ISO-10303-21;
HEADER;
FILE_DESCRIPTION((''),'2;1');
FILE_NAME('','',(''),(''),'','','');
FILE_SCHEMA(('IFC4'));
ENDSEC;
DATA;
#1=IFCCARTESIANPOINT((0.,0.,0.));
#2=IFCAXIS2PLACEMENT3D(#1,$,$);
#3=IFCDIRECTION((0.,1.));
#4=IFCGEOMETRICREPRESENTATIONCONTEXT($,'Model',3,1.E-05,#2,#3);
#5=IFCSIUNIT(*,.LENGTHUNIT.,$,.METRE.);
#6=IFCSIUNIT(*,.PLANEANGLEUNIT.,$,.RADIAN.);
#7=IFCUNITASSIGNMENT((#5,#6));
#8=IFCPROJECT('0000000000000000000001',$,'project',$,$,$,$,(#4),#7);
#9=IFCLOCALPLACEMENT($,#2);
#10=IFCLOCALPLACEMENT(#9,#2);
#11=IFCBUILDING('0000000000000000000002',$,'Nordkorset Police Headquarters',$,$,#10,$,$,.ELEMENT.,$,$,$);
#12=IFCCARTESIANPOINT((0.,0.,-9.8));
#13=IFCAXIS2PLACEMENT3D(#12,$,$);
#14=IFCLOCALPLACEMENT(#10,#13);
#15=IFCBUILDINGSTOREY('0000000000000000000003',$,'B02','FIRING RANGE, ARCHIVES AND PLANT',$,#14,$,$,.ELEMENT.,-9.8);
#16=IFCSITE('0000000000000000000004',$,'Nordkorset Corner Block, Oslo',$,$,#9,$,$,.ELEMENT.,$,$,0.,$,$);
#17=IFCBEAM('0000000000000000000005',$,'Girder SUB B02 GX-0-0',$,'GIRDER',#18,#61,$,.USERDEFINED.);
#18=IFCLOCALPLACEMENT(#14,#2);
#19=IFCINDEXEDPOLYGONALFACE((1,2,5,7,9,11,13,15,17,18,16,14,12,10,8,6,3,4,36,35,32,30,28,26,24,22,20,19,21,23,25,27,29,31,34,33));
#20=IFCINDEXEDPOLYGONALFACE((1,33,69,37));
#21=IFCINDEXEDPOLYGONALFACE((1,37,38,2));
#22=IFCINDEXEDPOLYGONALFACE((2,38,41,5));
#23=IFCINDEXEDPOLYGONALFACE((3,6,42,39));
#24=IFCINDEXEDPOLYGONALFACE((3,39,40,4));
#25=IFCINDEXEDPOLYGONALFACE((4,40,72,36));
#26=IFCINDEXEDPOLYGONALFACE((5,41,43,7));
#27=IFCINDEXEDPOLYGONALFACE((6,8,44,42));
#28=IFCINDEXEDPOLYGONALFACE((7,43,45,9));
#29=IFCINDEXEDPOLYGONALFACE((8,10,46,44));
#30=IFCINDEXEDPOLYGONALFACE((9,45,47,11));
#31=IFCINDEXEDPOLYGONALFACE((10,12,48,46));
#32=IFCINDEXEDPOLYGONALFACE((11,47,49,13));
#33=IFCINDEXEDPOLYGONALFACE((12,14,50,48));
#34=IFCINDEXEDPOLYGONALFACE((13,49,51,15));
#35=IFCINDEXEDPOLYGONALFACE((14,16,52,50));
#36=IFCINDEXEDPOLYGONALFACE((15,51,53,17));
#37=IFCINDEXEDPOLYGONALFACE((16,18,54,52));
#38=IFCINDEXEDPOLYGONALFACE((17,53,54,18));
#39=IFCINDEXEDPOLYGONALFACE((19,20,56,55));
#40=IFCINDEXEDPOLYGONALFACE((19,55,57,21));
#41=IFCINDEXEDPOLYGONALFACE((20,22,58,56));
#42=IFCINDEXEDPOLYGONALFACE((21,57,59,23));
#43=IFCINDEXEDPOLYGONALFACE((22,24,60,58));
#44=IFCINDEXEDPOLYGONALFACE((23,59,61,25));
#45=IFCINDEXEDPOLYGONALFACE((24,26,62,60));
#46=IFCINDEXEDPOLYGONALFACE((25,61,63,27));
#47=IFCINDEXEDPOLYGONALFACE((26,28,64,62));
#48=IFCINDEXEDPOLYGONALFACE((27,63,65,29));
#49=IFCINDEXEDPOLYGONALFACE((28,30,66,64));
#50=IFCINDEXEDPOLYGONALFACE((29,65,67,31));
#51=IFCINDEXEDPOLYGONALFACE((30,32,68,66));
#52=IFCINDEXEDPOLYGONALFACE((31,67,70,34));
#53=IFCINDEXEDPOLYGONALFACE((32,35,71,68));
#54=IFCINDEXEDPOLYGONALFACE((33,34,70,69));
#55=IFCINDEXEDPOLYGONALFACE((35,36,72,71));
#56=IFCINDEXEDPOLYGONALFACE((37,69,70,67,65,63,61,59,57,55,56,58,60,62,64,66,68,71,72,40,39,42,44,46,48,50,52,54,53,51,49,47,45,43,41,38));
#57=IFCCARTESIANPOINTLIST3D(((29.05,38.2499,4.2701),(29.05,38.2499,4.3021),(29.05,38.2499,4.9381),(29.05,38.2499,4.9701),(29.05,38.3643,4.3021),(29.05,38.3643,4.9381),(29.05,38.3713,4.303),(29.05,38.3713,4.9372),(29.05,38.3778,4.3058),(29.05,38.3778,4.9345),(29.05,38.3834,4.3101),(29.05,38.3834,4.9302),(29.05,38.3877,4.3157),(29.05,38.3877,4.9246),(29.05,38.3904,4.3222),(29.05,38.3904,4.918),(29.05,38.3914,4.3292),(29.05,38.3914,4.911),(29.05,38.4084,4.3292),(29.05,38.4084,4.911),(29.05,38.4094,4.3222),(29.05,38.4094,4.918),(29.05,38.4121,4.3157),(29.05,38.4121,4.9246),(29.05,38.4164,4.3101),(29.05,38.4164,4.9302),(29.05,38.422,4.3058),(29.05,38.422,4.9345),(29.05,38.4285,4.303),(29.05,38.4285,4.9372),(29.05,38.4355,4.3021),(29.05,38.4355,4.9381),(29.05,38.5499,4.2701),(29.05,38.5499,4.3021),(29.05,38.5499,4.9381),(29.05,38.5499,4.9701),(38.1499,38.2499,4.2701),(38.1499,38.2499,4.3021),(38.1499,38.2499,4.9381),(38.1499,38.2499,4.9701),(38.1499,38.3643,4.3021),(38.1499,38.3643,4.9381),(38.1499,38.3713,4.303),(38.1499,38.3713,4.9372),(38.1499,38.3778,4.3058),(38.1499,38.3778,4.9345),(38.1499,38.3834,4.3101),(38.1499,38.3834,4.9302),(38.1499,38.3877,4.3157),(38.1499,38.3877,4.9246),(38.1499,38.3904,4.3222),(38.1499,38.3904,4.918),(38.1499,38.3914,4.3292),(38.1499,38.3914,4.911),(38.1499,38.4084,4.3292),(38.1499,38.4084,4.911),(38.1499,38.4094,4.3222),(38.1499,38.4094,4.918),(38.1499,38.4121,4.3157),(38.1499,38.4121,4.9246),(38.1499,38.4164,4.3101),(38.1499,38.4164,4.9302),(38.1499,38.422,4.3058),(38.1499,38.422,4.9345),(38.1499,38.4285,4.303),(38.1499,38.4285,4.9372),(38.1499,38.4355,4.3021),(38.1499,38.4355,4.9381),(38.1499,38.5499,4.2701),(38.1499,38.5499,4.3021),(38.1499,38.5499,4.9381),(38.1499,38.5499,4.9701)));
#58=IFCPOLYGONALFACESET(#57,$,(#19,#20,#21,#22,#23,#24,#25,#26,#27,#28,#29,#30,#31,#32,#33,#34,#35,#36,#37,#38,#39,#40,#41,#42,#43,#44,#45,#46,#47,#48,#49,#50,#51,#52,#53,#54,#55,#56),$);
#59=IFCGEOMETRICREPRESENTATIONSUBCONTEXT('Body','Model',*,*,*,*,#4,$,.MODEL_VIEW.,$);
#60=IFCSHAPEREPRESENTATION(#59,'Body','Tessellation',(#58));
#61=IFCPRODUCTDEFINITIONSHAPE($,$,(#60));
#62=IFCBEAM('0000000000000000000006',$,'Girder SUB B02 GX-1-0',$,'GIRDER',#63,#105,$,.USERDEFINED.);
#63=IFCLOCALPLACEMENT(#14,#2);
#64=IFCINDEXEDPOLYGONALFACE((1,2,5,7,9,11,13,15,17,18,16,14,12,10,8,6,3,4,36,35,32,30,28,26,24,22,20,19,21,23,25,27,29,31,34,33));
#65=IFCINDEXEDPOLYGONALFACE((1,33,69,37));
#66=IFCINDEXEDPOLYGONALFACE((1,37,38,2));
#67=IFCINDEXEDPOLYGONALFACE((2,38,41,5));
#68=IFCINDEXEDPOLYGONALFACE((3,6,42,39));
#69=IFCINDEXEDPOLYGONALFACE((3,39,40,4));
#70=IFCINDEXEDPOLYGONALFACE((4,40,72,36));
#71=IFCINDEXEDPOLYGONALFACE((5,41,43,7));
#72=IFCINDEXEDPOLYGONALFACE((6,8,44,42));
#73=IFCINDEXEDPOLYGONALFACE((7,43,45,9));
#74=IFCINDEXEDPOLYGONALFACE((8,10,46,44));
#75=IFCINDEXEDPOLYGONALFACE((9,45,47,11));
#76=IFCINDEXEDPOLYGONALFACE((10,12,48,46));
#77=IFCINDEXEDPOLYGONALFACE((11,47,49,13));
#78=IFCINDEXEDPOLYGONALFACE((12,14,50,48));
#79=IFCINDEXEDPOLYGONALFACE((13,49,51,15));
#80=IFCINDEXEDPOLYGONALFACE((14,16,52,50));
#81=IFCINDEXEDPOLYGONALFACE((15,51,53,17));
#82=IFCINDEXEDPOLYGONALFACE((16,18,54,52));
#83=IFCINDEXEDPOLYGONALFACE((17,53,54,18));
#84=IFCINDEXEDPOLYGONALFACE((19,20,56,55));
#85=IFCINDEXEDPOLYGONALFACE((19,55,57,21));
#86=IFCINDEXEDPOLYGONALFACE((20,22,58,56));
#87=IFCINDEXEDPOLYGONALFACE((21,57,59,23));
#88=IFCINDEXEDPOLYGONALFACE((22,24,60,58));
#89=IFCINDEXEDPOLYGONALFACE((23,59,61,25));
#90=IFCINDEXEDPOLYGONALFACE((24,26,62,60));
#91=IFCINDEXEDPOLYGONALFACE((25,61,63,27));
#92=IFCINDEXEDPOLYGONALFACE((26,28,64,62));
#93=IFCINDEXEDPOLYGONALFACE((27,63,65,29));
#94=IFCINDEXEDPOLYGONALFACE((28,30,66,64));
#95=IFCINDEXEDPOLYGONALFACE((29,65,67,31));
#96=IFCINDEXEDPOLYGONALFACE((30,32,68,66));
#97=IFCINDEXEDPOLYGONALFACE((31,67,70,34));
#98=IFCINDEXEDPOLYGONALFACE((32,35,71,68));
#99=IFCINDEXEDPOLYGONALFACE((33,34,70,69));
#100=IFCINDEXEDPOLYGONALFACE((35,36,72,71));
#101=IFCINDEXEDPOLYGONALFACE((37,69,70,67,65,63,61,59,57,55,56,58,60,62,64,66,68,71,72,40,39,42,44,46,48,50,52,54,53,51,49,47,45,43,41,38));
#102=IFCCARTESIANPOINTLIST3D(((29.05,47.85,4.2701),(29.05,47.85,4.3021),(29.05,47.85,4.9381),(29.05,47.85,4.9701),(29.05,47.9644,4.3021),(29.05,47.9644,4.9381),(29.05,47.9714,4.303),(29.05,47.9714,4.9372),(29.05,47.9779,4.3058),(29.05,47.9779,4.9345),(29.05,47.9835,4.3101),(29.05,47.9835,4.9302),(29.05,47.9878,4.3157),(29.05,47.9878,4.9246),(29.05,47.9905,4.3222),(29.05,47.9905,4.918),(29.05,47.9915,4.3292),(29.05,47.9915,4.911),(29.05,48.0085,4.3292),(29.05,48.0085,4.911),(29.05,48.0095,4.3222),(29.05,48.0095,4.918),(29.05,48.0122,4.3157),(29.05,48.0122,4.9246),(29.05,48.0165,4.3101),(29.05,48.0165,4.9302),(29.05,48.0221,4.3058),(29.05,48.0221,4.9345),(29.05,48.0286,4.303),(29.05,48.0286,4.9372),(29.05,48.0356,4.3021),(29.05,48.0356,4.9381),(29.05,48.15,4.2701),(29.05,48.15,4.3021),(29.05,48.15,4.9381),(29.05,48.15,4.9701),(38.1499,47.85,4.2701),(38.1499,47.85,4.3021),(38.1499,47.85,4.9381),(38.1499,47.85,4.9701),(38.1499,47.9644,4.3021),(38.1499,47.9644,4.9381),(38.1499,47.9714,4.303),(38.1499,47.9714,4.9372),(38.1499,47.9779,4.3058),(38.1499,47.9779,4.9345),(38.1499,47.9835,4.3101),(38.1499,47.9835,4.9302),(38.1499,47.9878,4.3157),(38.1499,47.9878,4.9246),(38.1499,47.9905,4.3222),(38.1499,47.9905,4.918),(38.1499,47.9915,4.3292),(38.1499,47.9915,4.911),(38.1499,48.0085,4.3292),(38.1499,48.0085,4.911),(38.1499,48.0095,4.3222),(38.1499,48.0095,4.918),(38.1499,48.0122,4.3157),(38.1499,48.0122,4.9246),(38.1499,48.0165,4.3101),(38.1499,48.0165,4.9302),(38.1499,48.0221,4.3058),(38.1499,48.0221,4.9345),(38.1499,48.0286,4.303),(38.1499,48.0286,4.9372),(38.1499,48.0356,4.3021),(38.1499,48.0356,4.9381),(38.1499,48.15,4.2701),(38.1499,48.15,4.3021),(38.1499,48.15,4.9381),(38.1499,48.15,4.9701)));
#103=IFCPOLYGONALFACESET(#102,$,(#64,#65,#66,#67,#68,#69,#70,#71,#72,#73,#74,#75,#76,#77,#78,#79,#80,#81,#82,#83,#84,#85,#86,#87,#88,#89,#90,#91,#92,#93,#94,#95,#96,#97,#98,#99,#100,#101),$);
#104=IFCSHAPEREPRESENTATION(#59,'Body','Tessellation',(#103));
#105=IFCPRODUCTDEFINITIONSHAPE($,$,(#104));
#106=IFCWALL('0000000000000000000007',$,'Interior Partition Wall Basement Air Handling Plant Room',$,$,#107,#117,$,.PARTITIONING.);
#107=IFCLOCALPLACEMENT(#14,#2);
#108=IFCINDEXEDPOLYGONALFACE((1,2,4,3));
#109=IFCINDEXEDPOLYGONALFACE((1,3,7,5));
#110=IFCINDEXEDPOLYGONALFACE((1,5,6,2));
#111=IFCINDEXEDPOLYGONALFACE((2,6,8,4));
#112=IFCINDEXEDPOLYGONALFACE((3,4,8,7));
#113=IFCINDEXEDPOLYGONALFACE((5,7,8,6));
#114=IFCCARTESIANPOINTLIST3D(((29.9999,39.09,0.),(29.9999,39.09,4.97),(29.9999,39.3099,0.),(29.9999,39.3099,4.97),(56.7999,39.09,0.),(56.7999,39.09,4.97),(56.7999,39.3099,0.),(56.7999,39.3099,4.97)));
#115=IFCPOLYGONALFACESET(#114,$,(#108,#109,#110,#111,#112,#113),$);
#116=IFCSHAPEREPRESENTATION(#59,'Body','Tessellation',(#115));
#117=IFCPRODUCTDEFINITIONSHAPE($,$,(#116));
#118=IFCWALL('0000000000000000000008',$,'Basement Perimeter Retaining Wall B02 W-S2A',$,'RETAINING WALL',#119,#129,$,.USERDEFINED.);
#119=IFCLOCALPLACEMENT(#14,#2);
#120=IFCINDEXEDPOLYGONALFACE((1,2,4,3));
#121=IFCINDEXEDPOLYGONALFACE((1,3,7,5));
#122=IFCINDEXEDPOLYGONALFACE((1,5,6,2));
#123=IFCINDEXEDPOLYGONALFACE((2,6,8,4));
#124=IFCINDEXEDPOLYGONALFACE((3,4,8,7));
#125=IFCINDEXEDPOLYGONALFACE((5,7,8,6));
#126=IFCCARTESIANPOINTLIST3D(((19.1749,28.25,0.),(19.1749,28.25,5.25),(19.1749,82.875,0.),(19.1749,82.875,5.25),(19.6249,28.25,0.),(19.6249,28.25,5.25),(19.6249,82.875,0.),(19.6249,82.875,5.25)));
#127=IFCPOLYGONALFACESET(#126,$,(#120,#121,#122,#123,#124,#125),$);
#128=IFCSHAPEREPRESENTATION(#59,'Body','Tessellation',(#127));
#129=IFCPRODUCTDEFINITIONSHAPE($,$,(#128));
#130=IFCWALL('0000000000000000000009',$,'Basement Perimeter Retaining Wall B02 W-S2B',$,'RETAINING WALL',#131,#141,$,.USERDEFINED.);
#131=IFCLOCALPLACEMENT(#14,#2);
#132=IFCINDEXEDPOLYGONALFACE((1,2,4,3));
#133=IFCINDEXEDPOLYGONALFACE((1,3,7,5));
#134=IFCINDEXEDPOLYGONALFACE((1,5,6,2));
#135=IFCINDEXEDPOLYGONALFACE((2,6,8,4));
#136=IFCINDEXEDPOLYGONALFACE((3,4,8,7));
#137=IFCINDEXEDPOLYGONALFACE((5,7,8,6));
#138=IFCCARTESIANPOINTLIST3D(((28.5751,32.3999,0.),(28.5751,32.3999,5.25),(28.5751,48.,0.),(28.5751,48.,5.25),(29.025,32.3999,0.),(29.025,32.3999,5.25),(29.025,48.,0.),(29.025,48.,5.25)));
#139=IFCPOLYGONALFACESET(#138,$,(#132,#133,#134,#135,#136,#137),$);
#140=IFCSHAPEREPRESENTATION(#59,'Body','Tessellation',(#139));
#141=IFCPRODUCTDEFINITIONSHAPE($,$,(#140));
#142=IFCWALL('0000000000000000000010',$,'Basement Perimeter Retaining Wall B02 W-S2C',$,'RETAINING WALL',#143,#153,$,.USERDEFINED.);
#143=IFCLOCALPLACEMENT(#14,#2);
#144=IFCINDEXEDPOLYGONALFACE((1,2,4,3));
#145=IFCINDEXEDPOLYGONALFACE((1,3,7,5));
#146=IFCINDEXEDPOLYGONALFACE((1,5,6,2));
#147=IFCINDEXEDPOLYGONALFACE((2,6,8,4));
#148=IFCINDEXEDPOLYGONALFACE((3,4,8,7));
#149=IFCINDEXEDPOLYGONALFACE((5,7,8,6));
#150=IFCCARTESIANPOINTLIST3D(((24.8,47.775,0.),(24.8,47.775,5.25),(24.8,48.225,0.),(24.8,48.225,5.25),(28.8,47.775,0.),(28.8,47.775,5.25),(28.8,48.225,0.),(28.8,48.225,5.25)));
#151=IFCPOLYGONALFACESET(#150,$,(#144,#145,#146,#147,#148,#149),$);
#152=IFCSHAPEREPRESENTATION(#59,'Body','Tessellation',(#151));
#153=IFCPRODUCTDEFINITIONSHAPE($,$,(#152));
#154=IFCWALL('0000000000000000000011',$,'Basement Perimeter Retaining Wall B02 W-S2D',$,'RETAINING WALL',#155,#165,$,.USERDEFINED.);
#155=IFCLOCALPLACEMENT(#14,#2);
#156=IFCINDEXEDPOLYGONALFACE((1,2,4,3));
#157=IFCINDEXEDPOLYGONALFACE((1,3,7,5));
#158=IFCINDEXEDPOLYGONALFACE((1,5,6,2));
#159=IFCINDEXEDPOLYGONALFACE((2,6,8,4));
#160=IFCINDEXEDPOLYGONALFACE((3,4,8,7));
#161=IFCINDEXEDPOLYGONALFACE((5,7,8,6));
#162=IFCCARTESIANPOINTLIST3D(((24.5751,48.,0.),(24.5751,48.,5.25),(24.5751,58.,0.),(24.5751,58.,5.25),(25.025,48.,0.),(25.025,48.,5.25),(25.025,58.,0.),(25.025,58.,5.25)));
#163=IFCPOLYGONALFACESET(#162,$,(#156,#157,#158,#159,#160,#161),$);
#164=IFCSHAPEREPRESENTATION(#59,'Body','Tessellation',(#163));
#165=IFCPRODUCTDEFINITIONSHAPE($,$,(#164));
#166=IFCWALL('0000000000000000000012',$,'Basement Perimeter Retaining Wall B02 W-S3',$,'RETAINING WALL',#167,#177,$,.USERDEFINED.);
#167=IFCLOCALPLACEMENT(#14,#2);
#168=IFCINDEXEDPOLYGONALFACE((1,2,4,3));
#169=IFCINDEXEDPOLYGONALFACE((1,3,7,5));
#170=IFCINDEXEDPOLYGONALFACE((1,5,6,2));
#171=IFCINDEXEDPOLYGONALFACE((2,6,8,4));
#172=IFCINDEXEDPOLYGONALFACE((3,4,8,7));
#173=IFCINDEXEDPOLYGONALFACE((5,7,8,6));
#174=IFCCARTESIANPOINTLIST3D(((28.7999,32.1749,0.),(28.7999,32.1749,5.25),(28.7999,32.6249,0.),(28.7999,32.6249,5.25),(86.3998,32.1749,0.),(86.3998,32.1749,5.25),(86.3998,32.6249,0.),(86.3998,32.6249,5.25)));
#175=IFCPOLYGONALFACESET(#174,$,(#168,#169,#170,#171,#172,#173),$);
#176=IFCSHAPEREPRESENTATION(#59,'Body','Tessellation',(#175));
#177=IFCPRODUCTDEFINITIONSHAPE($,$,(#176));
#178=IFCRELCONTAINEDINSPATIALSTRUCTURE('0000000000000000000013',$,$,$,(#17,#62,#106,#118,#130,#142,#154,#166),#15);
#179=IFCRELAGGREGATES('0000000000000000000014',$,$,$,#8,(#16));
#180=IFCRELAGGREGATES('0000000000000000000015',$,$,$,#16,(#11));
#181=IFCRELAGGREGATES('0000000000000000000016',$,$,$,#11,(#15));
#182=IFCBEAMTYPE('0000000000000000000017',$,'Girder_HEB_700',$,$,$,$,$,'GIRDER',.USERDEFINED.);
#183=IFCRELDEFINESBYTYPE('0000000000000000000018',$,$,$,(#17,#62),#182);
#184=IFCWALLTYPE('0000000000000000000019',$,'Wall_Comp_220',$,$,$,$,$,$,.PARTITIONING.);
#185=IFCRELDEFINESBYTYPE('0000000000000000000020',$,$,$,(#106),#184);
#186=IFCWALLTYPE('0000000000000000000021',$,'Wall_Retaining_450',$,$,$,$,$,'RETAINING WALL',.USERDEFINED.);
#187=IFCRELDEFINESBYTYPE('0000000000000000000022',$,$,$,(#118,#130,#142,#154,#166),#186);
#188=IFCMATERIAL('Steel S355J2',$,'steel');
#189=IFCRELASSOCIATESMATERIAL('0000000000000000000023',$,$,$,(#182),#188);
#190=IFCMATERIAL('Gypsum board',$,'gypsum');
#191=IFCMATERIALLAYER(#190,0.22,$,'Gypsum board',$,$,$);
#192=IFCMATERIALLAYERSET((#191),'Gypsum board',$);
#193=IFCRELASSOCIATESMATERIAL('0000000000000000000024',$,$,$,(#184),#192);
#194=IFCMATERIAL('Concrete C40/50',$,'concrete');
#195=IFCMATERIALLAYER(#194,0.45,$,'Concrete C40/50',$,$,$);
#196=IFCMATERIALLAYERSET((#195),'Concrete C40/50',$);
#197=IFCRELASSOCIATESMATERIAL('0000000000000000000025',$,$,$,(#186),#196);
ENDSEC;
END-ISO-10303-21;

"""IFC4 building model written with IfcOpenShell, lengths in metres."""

from ifc_helpers import new_model, si_unit, direction, frame, frame_2d, origin, origin_2d, place, context, subcontext, project, spatial, rectangle, i_section, extrude, material, layer, layer_set, material_profile, profile_set, type_object, element, save


model = new_model("IFC4")

# Units and contexts
model_context = context("Model", 3, precision=1e-05, world=origin(), true_north=direction((0.0, 1.0)))
body_context = subcontext(model_context, "Body", "Model", "MODEL_VIEW")
ifc_project = project(units=[si_unit("LENGTHUNIT", "METRE"), si_unit("PLANEANGLEUNIT", "RADIAN")], contexts=[model_context])

# Site, building, storey
site_placement = place(None, origin())
site = spatial("IfcSite", under=ifc_project, at=site_placement, Name="Nordkorset Corner Block, Oslo", CompositionType="ELEMENT", RefElevation=0.0)
building_placement = place(site_placement, origin())
building = spatial("IfcBuilding", under=site, at=building_placement, Name="Nordkorset Police Headquarters", CompositionType="ELEMENT")
storey_placement = place(building_placement, frame((0.0, 0.0, -9.8)))
storey = spatial("IfcBuildingStorey", under=building, at=storey_placement, Name="B02", Description="FIRING RANGE, ARCHIVES AND PLANT", CompositionType="ELEMENT", Elevation=-9.8)

# Beams
ifc_material_1 = material(Name="Steel S355J2", Category="steel")
ifc_material_profile_1 = material_profile(ifc_material_1, i_section(OverallWidth=0.3, OverallDepth=0.7, WebThickness=0.0171, FlangeThickness=0.032, FilletRadius=0.0271, at=origin_2d()), Name="HEB 700")
ifc_profile_set_1 = profile_set([ifc_material_profile_1], Name="Steel S355J2")
beam_type_1 = type_object("IfcBeamType", Name="Girder_HEB_700", ElementType="GIRDER", PredefinedType="USERDEFINED", material=ifc_profile_set_1)
for number, where, z_axis, x_axis, name in (
    (1, (29.05, 38.3999, 4.6201), (1.0, 0.0, 0.0), (0.0, 1.0, 0.0), "Girder SUB B02 GX-0-0"),
    (2, (29.05, 48.0, 4.6201), (1.0, 0.0, 0.0), (0.0, 1.0, 0.0), "Girder SUB B02 GX-1-0"),
):
    element("IfcBeam", number, at=place(storey_placement, frame(where, z_axis=z_axis, x_axis=x_axis)), inside=storey, type_object=beam_type_1, Name=name, ObjectType="GIRDER", PredefinedType="USERDEFINED", context=body_context, shape_type="SweptSolid", body=[
        extrude(i_section(OverallWidth=0.3, OverallDepth=0.7, WebThickness=0.0171, FlangeThickness=0.032, FilletRadius=0.0271, at=origin_2d()), origin(), (0.0, 0.0, 1.0), 9.0999),
    ])

# Walls
ifc_material_2 = material(Name="Gypsum board", Category="gypsum")
ifc_layer_1 = layer(ifc_material_2, 0.22, Name="Gypsum board")
ifc_layer_set_1 = layer_set([ifc_layer_1], Name="Gypsum board")
wall_type_1 = type_object("IfcWallType", Name="Wall_Comp_220", PredefinedType="PARTITIONING", material=ifc_layer_set_1)
wall_1_placement = place(storey_placement, frame((30.0, 39.2, 0.0), z_axis=(0.0, 0.0, 1.0), x_axis=(1.0, 0.0, 0.0)))
element("IfcWall", 3, at=wall_1_placement, inside=storey, type_object=wall_type_1, Name="Interior Partition Wall Basement Air Handling Plant Room", PredefinedType="PARTITIONING", context=body_context, shape_type="SweptSolid", body=[
    extrude(rectangle(XDim=26.8, YDim=0.22, at=frame_2d((13.3999, 0.0))), origin(), (0.0, 0.0, 1.0), 4.97),
])
ifc_material_3 = material(Name="Concrete C40/50", Category="concrete")
ifc_layer_2 = layer(ifc_material_3, 0.45, Name="Concrete C40/50")
ifc_layer_set_2 = layer_set([ifc_layer_2], Name="Concrete C40/50")
wall_type_2 = type_object("IfcWallType", Name="Wall_Retaining_450", ElementType="RETAINING WALL", PredefinedType="USERDEFINED", material=ifc_layer_set_2)
wall_2_placement = place(storey_placement, frame((19.3999, 28.25, 0.0), z_axis=(0.0, 0.0, 1.0), x_axis=(0.0, 1.0, 0.0)))
element("IfcWall", 4, at=wall_2_placement, inside=storey, type_object=wall_type_2, Name="Basement Perimeter Retaining Wall B02 W-S2A", ObjectType="RETAINING WALL", PredefinedType="USERDEFINED", context=body_context, shape_type="SweptSolid", body=[
    extrude(rectangle(XDim=54.625, YDim=0.45, at=frame_2d((27.3125, 0.0))), origin(), (0.0, 0.0, 1.0), 5.25),
])
wall_3_placement = place(storey_placement, frame((28.8, 32.3999, 0.0), z_axis=(0.0, 0.0, 1.0), x_axis=(0.0, 1.0, 0.0)))
element("IfcWall", 5, at=wall_3_placement, inside=storey, type_object=wall_type_2, Name="Basement Perimeter Retaining Wall B02 W-S2B", ObjectType="RETAINING WALL", PredefinedType="USERDEFINED", context=body_context, shape_type="SweptSolid", body=[
    extrude(rectangle(XDim=15.6001, YDim=0.45, at=frame_2d((7.8, 0.0))), origin(), (0.0, 0.0, 1.0), 5.25),
])
wall_4_placement = place(storey_placement, frame((24.8, 48.0, 0.0), z_axis=(0.0, 0.0, 1.0), x_axis=(1.0, 0.0, 0.0)))
element("IfcWall", 6, at=wall_4_placement, inside=storey, type_object=wall_type_2, Name="Basement Perimeter Retaining Wall B02 W-S2C", ObjectType="RETAINING WALL", PredefinedType="USERDEFINED", context=body_context, shape_type="SweptSolid", body=[
    extrude(rectangle(XDim=4.0, YDim=0.45, at=frame_2d((2.0, 0.0))), origin(), (0.0, 0.0, 1.0), 5.25),
])
wall_5_placement = place(storey_placement, frame((24.8, 48.0, 0.0), z_axis=(0.0, 0.0, 1.0), x_axis=(0.0, 1.0, 0.0)))
element("IfcWall", 7, at=wall_5_placement, inside=storey, type_object=wall_type_2, Name="Basement Perimeter Retaining Wall B02 W-S2D", ObjectType="RETAINING WALL", PredefinedType="USERDEFINED", context=body_context, shape_type="SweptSolid", body=[
    extrude(rectangle(XDim=10.0, YDim=0.45, at=frame_2d((5.0, 0.0))), origin(), (0.0, 0.0, 1.0), 5.25),
])
wall_6_placement = place(storey_placement, frame((28.8, 32.3999, 0.0), z_axis=(0.0, 0.0, 1.0), x_axis=(1.0, 0.0, 0.0)))
element("IfcWall", 8, at=wall_6_placement, inside=storey, type_object=wall_type_2, Name="Basement Perimeter Retaining Wall B02 W-S3", ObjectType="RETAINING WALL", PredefinedType="USERDEFINED", context=body_context, shape_type="SweptSolid", body=[
    extrude(rectangle(XDim=57.5999, YDim=0.45, at=frame_2d((28.7998, 0.0))), origin(), (0.0, 0.0, 1.0), 5.25),
])

save(model, "model.ifc")
